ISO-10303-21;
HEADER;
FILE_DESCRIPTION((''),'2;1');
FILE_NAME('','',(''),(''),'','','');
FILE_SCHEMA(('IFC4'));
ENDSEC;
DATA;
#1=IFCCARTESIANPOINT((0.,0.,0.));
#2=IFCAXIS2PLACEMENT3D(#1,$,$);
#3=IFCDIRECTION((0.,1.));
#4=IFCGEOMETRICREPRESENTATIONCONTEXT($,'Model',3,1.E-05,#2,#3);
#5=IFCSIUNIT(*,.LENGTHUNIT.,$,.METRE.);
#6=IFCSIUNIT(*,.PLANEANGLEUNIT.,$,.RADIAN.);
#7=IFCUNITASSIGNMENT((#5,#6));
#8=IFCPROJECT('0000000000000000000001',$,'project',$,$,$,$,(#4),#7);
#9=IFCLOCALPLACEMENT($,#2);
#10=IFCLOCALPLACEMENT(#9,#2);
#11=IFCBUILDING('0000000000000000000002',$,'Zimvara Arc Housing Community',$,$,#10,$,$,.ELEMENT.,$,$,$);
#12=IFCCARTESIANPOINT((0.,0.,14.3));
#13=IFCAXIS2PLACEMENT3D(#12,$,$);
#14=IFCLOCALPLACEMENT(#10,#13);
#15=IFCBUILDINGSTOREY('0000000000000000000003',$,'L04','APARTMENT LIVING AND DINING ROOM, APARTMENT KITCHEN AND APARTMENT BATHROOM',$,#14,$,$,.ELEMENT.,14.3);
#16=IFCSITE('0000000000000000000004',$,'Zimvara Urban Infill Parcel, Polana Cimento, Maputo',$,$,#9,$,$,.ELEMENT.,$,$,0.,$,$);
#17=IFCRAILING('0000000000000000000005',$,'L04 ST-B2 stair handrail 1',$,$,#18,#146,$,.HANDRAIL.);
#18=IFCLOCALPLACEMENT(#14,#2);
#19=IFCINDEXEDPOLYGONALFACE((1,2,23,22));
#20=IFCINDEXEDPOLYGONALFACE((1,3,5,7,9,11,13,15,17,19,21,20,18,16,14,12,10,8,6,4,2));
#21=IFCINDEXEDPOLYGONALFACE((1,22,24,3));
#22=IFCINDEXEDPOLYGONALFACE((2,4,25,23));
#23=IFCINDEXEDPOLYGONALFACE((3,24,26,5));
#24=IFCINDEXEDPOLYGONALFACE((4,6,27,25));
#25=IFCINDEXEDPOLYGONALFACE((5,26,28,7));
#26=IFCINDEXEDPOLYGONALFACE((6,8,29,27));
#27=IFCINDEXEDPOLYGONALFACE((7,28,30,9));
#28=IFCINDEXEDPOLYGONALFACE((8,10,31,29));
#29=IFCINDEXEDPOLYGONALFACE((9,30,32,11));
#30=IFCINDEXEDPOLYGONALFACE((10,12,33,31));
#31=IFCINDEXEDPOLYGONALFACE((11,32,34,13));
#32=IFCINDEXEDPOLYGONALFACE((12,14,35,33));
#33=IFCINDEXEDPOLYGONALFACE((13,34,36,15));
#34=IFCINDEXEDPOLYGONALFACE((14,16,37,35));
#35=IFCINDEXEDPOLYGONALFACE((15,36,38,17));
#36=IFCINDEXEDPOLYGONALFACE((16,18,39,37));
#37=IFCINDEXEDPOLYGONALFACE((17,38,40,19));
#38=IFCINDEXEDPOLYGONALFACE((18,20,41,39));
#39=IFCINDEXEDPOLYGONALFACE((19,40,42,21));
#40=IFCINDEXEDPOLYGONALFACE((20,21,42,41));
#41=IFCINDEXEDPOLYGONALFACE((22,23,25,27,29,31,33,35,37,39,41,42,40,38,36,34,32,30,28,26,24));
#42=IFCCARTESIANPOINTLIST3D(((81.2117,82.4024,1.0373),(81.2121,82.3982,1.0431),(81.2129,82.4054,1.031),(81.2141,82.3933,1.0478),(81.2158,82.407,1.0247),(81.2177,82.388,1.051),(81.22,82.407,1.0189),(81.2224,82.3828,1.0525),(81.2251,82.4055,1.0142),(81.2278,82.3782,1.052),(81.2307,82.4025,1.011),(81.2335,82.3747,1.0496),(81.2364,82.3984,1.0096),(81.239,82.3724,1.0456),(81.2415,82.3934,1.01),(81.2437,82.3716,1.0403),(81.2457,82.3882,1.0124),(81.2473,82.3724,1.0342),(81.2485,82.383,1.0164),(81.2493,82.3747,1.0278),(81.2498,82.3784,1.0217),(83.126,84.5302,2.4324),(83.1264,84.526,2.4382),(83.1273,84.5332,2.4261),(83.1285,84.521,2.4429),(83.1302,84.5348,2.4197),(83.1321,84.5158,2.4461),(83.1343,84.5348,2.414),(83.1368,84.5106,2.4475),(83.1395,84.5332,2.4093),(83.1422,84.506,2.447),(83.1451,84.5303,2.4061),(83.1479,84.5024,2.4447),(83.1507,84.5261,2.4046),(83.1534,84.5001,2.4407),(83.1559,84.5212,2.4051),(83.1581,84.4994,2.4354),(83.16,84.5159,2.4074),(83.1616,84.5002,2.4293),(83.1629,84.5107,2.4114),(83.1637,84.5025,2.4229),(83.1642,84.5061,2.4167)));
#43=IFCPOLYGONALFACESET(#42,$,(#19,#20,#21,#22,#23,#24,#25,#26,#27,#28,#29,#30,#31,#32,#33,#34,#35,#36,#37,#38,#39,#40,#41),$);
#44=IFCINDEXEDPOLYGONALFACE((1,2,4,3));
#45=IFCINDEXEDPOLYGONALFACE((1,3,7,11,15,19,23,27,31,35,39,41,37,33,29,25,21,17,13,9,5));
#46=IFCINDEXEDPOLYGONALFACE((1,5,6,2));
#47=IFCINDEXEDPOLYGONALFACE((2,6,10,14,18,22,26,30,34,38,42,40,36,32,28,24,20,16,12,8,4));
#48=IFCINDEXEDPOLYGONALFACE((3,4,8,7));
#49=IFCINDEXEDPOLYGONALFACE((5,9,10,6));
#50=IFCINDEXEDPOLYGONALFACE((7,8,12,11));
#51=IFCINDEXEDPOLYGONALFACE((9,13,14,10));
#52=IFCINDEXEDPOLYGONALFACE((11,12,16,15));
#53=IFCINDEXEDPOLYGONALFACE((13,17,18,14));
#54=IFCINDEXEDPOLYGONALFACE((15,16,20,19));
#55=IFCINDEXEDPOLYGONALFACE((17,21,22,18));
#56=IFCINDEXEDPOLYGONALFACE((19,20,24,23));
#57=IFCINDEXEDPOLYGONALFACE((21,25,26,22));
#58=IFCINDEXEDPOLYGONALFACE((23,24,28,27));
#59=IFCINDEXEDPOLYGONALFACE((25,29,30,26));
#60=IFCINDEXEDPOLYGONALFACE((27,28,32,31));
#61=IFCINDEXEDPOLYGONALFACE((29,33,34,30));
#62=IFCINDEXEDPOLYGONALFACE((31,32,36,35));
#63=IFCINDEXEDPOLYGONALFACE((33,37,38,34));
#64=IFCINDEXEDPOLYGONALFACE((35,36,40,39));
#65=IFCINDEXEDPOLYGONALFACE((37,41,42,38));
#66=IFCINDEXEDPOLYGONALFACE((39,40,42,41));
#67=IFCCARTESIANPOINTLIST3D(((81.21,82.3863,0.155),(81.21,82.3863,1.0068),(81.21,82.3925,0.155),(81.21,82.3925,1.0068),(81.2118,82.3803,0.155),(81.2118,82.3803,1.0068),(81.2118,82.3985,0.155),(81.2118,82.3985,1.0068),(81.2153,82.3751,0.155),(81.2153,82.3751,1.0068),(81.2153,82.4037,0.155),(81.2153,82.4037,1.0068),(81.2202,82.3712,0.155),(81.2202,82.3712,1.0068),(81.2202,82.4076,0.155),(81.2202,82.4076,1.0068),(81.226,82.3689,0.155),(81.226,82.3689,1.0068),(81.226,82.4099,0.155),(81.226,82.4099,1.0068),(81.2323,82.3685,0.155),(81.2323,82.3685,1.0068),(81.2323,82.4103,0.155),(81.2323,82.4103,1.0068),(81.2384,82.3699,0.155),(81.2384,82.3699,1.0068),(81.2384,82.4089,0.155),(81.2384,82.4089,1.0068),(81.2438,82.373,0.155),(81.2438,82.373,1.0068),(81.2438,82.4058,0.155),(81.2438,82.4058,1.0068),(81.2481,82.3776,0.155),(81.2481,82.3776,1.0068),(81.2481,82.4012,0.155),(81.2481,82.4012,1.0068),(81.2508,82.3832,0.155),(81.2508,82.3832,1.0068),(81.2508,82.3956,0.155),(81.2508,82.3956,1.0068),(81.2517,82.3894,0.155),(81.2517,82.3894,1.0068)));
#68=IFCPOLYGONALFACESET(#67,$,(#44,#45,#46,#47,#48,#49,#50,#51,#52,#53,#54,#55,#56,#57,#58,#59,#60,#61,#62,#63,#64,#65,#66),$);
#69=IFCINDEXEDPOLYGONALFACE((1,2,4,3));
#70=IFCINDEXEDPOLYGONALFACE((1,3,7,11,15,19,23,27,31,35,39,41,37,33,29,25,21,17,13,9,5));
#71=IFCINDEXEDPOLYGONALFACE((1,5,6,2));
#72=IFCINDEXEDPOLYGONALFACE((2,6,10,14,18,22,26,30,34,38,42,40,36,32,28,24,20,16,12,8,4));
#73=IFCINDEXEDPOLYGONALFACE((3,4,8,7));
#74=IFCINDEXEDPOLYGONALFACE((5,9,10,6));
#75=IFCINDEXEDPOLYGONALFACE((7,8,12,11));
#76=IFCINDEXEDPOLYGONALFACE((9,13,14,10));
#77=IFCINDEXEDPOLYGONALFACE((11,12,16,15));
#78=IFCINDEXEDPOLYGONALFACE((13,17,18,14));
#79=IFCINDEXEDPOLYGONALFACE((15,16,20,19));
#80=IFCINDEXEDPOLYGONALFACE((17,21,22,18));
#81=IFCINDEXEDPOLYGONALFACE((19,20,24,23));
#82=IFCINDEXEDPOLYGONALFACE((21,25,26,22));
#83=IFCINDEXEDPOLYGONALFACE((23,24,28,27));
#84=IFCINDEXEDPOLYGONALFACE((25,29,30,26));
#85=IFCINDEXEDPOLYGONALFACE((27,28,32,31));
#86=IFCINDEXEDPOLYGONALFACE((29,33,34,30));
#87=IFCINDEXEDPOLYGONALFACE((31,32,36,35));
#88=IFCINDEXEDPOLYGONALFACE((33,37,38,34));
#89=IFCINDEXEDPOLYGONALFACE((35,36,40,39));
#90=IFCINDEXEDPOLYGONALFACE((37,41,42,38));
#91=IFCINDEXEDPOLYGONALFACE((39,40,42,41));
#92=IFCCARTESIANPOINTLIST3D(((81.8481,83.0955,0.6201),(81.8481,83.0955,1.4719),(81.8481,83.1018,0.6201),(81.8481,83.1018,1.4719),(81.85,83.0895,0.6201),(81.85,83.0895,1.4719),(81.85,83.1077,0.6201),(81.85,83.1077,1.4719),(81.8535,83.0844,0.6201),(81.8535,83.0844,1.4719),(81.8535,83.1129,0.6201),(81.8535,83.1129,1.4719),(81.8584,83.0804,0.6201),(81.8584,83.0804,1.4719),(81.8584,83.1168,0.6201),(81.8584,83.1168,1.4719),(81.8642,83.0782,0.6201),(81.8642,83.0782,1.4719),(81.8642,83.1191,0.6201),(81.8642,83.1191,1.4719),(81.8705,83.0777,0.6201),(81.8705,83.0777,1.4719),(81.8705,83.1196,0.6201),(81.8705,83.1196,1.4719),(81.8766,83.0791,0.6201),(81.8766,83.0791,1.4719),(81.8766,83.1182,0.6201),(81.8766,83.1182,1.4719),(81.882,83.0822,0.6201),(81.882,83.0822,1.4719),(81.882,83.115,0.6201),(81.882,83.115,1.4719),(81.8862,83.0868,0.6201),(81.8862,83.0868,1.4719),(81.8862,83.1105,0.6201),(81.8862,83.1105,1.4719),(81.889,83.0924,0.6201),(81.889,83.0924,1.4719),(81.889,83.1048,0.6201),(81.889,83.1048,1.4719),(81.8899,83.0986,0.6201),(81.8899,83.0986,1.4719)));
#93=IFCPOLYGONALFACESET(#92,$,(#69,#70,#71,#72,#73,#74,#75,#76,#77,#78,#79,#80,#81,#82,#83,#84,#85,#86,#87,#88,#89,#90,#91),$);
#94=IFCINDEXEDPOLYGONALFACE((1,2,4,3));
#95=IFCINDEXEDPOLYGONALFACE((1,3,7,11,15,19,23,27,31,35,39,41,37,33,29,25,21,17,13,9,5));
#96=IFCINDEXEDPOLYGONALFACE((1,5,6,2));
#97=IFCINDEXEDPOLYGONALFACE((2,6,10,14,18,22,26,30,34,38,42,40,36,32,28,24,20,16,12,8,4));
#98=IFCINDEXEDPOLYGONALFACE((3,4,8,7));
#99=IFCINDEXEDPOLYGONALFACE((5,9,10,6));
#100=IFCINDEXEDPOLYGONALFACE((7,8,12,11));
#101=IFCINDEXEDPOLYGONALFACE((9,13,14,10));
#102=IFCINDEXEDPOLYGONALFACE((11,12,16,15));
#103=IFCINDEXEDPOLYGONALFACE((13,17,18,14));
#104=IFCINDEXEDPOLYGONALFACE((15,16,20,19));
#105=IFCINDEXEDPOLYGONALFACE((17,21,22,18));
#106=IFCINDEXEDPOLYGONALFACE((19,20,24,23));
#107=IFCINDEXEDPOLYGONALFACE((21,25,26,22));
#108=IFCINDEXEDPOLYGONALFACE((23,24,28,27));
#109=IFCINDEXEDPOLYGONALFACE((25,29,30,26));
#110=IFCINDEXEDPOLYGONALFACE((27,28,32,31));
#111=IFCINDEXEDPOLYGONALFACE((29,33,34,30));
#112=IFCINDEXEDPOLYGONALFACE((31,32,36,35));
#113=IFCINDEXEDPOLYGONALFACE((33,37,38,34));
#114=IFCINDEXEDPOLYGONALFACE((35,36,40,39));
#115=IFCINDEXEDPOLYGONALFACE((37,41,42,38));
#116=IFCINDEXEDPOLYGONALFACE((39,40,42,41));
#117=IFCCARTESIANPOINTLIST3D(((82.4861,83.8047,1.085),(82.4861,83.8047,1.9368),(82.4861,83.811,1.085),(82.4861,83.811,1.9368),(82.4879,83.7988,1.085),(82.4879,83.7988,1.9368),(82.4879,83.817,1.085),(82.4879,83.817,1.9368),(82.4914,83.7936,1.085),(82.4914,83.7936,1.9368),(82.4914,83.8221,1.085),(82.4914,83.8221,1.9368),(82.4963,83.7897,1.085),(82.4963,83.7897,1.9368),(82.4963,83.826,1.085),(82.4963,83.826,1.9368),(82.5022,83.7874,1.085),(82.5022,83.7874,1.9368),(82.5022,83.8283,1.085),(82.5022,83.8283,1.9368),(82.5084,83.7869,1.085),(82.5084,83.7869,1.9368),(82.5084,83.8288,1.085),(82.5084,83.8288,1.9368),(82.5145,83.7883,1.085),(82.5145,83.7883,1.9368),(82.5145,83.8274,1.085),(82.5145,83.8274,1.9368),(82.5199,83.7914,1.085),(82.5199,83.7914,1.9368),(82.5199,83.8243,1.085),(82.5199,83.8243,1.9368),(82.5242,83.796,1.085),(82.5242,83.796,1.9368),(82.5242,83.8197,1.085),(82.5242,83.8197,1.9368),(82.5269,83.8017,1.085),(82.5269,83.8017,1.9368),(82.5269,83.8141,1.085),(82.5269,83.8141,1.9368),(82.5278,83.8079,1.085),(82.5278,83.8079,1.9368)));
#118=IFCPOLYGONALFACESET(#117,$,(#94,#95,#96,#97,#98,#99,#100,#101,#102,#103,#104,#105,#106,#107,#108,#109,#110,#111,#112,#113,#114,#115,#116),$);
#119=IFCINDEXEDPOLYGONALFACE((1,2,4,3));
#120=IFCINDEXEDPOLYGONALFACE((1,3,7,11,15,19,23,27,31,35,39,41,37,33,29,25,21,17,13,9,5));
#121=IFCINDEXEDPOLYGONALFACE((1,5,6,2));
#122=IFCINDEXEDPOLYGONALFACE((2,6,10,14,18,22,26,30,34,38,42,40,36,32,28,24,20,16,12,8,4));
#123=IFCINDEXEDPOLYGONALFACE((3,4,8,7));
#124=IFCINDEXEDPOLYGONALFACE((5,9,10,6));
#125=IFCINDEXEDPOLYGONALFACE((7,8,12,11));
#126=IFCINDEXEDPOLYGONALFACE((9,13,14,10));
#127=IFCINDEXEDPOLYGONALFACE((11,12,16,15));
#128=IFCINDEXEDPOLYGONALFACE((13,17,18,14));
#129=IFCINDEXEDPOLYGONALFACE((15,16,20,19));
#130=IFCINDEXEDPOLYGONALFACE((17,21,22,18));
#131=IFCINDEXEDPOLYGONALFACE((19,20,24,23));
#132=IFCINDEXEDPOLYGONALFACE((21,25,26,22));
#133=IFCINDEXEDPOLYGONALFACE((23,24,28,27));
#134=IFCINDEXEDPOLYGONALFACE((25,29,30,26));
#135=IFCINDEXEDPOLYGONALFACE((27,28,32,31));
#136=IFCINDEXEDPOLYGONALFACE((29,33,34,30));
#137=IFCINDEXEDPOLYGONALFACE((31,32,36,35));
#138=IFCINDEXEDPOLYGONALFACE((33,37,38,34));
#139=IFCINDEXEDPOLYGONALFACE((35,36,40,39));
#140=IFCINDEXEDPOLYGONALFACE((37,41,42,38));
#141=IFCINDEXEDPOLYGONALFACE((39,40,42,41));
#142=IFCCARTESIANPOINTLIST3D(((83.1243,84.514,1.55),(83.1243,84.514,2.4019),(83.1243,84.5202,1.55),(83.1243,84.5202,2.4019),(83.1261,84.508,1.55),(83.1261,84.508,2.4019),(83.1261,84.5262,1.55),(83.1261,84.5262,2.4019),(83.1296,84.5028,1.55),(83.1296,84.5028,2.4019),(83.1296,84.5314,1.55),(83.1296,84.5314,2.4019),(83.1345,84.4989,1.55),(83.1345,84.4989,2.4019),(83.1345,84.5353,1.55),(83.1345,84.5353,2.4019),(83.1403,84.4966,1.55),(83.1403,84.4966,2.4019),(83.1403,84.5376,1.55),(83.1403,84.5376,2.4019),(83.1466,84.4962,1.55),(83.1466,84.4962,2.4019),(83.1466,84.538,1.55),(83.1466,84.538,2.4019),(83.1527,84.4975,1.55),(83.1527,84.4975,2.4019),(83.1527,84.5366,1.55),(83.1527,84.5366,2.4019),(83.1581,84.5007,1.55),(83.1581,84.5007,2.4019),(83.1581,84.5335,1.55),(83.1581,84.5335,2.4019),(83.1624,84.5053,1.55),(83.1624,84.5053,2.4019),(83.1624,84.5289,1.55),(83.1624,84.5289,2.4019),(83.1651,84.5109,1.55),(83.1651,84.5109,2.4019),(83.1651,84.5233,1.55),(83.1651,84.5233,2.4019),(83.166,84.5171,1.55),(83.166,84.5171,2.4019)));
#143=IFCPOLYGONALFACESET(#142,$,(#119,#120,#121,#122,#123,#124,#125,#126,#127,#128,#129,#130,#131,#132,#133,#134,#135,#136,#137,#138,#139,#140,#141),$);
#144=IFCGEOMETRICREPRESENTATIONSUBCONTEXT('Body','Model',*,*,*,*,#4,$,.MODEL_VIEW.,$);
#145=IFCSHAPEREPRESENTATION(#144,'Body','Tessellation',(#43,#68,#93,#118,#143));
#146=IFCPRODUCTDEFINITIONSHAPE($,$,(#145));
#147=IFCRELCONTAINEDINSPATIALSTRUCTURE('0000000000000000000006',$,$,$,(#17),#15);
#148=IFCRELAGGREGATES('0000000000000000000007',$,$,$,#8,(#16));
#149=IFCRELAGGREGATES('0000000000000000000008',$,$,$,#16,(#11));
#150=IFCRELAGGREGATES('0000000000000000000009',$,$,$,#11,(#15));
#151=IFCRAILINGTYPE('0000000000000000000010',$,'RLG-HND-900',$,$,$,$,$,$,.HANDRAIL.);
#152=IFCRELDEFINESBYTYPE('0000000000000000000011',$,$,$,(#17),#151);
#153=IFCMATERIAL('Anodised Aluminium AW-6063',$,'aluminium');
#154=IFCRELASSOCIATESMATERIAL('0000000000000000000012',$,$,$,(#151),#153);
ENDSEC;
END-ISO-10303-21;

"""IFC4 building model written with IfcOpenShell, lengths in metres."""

from ifc_helpers import new_model, si_unit, direction, frame, origin, origin_2d, place, context, subcontext, project, spatial, circle, extrude, material, type_object, element, save


model = new_model("IFC4")

# Units and contexts
model_context = context("Model", 3, precision=1e-05, world=origin(), true_north=direction((0.0, 1.0)))
body_context = subcontext(model_context, "Body", "Model", "MODEL_VIEW")
ifc_project = project(units=[si_unit("LENGTHUNIT", "METRE"), si_unit("PLANEANGLEUNIT", "RADIAN")], contexts=[model_context])

# Site, building, storey
site_placement = place(None, origin())
site = spatial("IfcSite", under=ifc_project, at=site_placement, Name="Zimvara Urban Infill Parcel, Polana Cimento, Maputo", CompositionType="ELEMENT", RefElevation=0.0)
building_placement = place(site_placement, origin())
building = spatial("IfcBuilding", under=site, at=building_placement, Name="Zimvara Arc Housing Community", CompositionType="ELEMENT")
storey_placement = place(building_placement, frame((0.0, 0.0, 14.3)))
storey = spatial("IfcBuildingStorey", under=building, at=storey_placement, Name="L04", Description="APARTMENT LIVING AND DINING ROOM, APARTMENT KITCHEN AND APARTMENT BATHROOM", CompositionType="ELEMENT", Elevation=14.3)

# Railing
ifc_material_1 = material(Name="Anodised Aluminium AW-6063", Category="aluminium")
railing_type_1 = type_object("IfcRailingType", Name="RLG-HND-900", PredefinedType="HANDRAIL", material=ifc_material_1)
railing_1_placement = place(storey_placement, frame((81.2307, 82.3894, 0.155)))
element("IfcRailing", 1, at=railing_1_placement, inside=storey, type_object=railing_type_1, Name="L04 ST-B2 stair handrail 1", PredefinedType="HANDRAIL", context=body_context, shape_type="SweptSolid", body=[
    extrude(circle(Radius=0.0239, at=origin_2d()), frame((0.0, 0.0, 0.876), z_axis=(0.601232, 0.668248, 0.438138), x_axis=(-0.7434, 0.668847, 0.0)), (0.0, 0.0, 1.0), 3.1841),
    extrude(circle(Radius=0.021, at=origin_2d()), origin(), (0.0, 0.0, 1.0), 0.8518),
    extrude(circle(Radius=0.021, at=origin_2d()), frame((0.6382, 0.7092, 0.4651)), (0.0, 0.0, 1.0), 0.8518),
    extrude(circle(Radius=0.021, at=origin_2d()), frame((1.2761, 1.4185, 0.9299)), (0.0, 0.0, 1.0), 0.8518),
    extrude(circle(Radius=0.021, at=origin_2d()), frame((1.9143, 2.1277, 1.395)), (0.0, 0.0, 1.0), 0.8518),
])

save(model, "model.ifc")
